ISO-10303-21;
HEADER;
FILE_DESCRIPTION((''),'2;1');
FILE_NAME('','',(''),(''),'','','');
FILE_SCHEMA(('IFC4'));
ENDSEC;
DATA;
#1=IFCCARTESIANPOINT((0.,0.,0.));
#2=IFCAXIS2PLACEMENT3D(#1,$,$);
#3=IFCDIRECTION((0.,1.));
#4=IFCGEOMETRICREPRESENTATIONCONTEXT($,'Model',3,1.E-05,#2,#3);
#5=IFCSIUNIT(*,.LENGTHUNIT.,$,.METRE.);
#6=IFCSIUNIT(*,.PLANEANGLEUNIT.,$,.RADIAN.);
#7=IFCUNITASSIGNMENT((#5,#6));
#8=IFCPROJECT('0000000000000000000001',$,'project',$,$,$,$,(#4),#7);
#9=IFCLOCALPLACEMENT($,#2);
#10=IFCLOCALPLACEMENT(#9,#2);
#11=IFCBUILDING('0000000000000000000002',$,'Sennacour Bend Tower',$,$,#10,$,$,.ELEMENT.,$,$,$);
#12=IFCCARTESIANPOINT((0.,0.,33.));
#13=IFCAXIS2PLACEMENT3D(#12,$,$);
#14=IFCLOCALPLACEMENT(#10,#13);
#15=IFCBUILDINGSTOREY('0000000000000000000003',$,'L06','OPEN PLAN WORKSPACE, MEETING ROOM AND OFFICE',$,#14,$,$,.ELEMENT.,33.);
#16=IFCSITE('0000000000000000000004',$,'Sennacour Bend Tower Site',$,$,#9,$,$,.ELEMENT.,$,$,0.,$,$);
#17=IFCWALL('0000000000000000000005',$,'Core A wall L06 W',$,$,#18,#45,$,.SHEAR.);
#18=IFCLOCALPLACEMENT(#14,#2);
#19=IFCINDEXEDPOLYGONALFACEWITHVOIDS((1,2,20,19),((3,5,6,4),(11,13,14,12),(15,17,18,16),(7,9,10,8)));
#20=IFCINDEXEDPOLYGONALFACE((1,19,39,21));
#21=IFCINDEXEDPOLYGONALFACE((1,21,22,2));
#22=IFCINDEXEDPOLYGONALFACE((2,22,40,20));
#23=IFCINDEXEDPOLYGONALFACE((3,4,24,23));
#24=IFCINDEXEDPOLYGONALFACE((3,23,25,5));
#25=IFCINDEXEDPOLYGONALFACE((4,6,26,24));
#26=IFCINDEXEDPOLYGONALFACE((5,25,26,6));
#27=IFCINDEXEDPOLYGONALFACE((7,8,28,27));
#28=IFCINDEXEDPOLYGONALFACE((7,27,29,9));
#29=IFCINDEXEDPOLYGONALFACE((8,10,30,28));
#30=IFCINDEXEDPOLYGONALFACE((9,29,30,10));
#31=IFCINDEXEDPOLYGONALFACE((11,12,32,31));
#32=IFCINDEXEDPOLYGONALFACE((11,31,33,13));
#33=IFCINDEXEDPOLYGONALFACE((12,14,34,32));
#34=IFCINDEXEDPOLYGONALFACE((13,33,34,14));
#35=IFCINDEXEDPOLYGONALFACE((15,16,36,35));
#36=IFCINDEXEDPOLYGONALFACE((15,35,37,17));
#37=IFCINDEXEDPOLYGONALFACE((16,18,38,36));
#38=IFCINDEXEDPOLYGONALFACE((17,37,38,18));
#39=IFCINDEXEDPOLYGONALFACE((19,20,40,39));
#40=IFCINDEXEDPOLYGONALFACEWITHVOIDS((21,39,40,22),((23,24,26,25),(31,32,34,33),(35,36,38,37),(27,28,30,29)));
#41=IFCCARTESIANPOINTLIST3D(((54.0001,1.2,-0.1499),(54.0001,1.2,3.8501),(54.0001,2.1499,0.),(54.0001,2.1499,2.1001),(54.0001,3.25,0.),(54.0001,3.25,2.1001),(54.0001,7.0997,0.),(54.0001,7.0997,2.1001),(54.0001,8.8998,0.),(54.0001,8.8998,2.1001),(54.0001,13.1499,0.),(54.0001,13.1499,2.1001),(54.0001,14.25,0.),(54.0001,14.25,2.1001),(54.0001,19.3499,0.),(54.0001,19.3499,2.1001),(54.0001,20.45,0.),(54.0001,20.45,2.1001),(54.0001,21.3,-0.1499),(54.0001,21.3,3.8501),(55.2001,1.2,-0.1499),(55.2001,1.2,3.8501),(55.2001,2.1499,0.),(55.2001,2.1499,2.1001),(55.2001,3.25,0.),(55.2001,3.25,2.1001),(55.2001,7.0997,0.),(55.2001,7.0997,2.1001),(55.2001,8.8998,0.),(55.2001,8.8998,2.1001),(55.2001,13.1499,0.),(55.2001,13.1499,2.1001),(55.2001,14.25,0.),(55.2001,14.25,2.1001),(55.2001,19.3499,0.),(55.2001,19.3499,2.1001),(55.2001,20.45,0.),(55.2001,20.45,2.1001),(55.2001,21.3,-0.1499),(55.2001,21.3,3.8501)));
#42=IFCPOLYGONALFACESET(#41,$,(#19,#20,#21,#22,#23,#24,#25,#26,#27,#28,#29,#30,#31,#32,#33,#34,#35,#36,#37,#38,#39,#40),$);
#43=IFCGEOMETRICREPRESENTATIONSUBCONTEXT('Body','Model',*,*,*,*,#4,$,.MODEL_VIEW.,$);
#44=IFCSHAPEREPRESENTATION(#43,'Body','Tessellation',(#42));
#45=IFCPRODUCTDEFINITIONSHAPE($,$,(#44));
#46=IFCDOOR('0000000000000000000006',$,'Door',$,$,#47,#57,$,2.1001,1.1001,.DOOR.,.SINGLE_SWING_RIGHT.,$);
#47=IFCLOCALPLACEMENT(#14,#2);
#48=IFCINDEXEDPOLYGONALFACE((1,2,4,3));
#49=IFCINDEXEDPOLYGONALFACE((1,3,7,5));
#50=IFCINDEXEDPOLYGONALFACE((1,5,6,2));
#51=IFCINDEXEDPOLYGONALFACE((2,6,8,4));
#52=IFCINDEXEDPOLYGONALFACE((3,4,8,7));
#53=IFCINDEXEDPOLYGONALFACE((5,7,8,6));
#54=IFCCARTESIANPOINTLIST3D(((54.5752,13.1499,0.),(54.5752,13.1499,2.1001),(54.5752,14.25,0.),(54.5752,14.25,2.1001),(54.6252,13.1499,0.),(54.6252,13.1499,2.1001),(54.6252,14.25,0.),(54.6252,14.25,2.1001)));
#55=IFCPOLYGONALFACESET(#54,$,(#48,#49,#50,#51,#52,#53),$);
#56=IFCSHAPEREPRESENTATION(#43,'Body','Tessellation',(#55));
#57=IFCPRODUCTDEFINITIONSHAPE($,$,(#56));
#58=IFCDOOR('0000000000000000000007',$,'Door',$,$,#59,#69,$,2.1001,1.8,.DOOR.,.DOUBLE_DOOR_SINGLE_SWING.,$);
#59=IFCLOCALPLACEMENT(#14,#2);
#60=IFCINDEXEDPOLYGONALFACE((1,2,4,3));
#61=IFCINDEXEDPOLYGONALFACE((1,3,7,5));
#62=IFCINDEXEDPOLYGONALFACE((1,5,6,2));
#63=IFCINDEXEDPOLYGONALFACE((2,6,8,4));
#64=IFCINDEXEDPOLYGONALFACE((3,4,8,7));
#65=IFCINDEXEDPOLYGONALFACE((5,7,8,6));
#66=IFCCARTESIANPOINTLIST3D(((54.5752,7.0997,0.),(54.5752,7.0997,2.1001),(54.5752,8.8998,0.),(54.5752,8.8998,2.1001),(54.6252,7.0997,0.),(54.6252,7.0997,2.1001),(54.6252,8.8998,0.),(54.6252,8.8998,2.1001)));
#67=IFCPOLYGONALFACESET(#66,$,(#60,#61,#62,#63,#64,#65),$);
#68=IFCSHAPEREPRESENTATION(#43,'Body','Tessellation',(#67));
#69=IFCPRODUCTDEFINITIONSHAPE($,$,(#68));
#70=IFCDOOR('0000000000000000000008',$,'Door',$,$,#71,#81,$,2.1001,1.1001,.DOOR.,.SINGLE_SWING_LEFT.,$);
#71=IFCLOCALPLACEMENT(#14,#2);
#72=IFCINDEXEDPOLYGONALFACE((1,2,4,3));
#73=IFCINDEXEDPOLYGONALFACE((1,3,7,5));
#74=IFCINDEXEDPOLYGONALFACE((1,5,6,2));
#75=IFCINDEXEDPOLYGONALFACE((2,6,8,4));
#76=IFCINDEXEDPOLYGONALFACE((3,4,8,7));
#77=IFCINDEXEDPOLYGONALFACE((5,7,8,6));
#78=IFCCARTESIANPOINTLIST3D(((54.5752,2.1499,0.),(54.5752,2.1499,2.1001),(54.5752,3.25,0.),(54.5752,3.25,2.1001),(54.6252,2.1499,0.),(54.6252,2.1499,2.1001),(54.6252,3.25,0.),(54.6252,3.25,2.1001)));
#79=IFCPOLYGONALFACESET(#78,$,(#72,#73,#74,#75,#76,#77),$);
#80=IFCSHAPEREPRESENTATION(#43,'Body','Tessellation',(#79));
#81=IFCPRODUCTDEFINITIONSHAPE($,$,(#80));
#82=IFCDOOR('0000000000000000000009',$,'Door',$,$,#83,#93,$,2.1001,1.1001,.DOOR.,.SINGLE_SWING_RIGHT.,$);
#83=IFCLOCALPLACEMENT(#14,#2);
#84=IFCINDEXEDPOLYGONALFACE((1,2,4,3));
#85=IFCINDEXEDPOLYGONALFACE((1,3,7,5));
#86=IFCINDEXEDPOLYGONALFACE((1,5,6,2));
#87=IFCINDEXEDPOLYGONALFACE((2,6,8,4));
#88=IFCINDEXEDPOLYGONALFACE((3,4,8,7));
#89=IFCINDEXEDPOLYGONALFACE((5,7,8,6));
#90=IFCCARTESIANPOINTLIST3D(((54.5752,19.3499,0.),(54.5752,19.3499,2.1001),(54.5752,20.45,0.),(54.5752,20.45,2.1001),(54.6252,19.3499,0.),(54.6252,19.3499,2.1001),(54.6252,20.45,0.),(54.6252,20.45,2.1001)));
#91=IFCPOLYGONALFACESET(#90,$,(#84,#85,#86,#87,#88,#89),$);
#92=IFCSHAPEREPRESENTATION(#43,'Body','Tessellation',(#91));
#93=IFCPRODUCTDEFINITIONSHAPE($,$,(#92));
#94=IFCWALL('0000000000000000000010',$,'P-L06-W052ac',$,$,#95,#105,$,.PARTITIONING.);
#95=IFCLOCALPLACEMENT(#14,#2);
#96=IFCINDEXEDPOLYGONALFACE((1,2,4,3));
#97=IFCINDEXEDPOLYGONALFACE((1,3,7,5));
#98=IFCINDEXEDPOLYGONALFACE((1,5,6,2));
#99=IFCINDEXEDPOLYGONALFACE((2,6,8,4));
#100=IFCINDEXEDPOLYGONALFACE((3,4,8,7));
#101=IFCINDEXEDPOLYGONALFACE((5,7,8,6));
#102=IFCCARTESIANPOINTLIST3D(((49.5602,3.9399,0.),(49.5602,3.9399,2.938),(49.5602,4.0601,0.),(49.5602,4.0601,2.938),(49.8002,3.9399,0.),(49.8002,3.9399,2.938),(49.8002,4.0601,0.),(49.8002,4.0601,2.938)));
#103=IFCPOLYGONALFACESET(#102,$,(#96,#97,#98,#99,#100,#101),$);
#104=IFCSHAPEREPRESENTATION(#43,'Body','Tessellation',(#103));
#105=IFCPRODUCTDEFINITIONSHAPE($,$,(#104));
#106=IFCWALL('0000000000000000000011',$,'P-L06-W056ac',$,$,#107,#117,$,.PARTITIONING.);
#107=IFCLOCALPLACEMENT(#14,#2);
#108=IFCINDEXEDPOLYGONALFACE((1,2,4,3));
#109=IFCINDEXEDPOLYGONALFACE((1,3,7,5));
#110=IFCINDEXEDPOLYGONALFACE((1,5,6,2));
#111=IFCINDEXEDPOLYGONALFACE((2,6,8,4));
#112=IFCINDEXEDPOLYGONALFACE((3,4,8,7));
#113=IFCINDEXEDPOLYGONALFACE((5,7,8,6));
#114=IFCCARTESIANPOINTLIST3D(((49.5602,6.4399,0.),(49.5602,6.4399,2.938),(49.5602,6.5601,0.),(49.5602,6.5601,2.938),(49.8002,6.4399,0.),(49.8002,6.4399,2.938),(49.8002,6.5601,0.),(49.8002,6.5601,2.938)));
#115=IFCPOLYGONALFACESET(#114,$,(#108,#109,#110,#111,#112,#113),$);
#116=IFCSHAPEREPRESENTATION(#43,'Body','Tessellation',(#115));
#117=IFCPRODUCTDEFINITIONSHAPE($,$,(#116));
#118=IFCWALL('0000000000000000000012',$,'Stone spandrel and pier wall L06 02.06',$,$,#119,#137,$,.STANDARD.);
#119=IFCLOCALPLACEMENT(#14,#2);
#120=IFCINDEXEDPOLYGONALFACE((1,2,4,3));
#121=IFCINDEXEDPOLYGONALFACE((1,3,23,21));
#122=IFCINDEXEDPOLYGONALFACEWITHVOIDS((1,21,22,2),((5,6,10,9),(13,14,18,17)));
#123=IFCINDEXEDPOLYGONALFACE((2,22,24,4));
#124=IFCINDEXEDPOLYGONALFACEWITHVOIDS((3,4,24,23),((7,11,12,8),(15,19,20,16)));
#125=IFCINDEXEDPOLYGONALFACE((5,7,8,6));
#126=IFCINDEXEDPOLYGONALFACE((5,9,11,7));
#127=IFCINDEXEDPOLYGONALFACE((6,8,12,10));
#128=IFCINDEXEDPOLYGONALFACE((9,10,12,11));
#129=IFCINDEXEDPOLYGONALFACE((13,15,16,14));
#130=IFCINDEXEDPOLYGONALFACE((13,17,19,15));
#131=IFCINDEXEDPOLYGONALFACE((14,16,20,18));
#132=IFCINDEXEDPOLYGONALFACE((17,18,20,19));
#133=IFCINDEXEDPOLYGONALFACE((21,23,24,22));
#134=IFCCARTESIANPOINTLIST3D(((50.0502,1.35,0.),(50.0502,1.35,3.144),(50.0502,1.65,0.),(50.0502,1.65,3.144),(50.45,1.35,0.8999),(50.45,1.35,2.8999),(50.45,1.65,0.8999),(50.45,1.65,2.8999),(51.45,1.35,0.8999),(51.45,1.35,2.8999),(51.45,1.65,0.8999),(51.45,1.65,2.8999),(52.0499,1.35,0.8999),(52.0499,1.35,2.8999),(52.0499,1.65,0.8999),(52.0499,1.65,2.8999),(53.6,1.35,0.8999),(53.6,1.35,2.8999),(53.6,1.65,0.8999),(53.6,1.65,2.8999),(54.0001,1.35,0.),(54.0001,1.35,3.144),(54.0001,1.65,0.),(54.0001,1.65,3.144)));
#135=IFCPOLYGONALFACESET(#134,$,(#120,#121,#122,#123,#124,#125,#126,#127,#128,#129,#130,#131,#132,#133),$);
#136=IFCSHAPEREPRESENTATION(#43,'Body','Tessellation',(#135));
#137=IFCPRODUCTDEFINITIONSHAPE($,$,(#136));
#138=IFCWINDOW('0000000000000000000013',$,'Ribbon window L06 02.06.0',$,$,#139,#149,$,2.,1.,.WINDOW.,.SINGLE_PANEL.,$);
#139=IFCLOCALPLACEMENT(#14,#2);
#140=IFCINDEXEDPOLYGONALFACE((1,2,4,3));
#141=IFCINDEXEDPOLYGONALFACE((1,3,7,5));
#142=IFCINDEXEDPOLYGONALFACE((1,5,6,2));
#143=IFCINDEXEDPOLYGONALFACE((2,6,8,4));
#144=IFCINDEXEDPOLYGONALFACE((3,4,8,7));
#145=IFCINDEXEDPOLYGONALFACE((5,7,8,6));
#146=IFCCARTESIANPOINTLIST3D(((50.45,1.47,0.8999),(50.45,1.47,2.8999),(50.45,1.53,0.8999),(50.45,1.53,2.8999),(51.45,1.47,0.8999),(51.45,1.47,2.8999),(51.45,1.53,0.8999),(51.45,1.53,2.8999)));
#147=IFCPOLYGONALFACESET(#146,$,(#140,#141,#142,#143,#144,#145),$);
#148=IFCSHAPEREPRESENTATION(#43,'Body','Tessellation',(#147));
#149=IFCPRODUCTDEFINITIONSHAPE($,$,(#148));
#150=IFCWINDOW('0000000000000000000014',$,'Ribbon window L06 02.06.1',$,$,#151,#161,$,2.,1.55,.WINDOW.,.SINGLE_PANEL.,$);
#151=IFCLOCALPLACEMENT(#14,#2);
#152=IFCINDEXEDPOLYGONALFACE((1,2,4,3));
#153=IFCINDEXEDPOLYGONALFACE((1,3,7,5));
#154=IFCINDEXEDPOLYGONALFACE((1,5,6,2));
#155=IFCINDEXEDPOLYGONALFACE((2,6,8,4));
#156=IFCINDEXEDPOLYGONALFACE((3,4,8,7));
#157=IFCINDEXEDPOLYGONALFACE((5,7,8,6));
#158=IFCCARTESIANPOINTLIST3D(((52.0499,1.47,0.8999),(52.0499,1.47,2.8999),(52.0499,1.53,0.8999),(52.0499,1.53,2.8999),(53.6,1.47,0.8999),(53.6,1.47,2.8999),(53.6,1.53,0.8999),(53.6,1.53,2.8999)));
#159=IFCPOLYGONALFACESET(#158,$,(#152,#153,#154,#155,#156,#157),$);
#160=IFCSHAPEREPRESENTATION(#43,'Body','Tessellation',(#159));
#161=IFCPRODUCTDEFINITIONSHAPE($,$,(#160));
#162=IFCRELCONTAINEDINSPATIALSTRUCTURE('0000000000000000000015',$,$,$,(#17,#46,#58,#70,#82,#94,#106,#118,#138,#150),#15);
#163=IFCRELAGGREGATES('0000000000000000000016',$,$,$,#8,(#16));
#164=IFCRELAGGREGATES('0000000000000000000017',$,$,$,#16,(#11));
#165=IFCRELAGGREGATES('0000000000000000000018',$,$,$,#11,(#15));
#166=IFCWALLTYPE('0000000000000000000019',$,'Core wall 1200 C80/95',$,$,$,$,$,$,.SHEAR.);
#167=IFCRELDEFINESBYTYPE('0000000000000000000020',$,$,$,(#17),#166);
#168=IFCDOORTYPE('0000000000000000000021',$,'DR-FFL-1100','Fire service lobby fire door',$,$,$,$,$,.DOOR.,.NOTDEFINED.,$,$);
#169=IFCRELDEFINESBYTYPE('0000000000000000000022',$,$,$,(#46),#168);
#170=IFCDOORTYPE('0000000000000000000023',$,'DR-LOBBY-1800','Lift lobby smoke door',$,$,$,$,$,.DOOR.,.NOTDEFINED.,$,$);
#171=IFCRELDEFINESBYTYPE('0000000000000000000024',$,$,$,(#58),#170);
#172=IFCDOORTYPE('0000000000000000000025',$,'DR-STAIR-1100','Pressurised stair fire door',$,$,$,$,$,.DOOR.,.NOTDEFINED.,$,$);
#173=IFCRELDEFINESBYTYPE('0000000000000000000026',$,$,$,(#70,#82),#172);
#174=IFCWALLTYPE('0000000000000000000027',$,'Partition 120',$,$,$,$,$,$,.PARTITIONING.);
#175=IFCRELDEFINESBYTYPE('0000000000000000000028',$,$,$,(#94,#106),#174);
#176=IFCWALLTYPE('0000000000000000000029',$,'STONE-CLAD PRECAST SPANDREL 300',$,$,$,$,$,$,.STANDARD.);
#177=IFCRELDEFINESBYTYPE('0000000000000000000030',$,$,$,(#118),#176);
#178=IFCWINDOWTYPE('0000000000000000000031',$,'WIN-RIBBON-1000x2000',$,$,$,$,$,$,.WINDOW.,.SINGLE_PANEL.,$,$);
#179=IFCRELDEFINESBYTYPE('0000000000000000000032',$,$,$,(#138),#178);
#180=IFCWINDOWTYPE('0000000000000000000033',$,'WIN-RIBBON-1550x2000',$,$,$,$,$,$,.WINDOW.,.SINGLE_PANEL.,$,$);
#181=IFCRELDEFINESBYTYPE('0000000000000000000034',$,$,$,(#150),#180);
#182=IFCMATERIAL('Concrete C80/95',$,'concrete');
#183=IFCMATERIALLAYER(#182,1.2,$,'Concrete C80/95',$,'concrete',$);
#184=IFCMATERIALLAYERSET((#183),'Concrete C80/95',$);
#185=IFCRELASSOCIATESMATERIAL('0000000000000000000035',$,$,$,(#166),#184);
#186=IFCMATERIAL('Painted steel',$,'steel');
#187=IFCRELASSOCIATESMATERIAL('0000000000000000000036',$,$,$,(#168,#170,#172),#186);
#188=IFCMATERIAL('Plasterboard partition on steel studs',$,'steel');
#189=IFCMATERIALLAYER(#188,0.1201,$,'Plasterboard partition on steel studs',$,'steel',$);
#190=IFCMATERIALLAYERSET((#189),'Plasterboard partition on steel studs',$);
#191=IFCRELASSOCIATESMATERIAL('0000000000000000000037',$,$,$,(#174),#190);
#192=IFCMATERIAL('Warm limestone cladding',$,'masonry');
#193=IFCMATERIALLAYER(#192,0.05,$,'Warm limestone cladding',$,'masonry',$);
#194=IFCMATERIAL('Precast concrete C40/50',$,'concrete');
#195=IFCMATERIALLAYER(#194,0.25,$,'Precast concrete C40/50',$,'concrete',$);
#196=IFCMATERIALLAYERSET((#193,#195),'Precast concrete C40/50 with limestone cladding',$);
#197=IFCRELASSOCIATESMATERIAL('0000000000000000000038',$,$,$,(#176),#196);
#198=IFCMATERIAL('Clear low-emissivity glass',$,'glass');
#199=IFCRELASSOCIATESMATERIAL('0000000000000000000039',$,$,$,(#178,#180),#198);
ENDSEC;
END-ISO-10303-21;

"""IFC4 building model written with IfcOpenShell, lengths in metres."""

from ifc_helpers import new_model, si_unit, direction, frame, frame_2d, origin, place, context, subcontext, project, spatial, rectangle, extrude, material, layer, layer_set, type_object, element, fill, save


model = new_model("IFC4")

# Units and contexts
model_context = context("Model", 3, precision=1e-05, world=origin(), true_north=direction((0.0, 1.0)))
body_context = subcontext(model_context, "Body", "Model", "MODEL_VIEW")
ifc_project = project(units=[si_unit("LENGTHUNIT", "METRE"), si_unit("PLANEANGLEUNIT", "RADIAN")], contexts=[model_context])

# Site, building, storey
site_placement = place(None, origin())
site = spatial("IfcSite", under=ifc_project, at=site_placement, Name="Sennacour Bend Tower Site", CompositionType="ELEMENT", RefElevation=0.0)
building_placement = place(site_placement, origin())
building = spatial("IfcBuilding", under=site, at=building_placement, Name="Sennacour Bend Tower", CompositionType="ELEMENT")
storey_placement = place(building_placement, frame((0.0, 0.0, 33.0)))
storey = spatial("IfcBuildingStorey", under=building, at=storey_placement, Name="L06", Description="OPEN PLAN WORKSPACE, MEETING ROOM AND OFFICE", CompositionType="ELEMENT", Elevation=33.0)

# Wall, openings, doors
ifc_material_1 = material(Name="Concrete C80/95", Category="concrete")
ifc_layer_1 = layer(ifc_material_1, 1.2, Name="Concrete C80/95", Category="concrete")
ifc_layer_set_1 = layer_set([ifc_layer_1], Name="Concrete C80/95")
wall_type_1 = type_object("IfcWallType", Name="Core wall 1200 C80/95", PredefinedType="SHEAR", material=ifc_layer_set_1)
wall_1_placement = place(storey_placement, frame((54.6001, 1.2, -0.1499), z_axis=(0.0, 0.0, 1.0), x_axis=(0.0, 1.0, 0.0)))
wall_1 = element("IfcWall", 1, at=wall_1_placement, inside=storey, type_object=wall_type_1, Name="Core A wall L06 W", PredefinedType="SHEAR", context=body_context, shape_type="SweptSolid", body=[
    extrude(rectangle(XDim=20.1001, YDim=1.2, at=frame_2d((10.05, 0.0))), origin(), (0.0, 0.0, 1.0), 4.0),
])
opening_1_placement = place(wall_1_placement, frame((5.8999, 0.0, 0.1499)))
opening_1 = element("IfcOpeningElement", 2, at=opening_1_placement, cuts=wall_1, PredefinedType="OPENING", context=body_context, shape_type="SweptSolid", body=[
    extrude(rectangle(XDim=1.8, YDim=2.1001, at=frame_2d((0.8999, 1.05))), frame((0.0, 0.6099, 0.0), z_axis=(0.0, -1.0, 0.0), x_axis=(1.0, 0.0, 0.0)), (0.0, 0.0, 1.0), 1.22),
])
opening_2_placement = place(wall_1_placement, frame((11.95, 0.0, 0.1499)))
opening_2 = element("IfcOpeningElement", 3, at=opening_2_placement, cuts=wall_1, PredefinedType="OPENING", context=body_context, shape_type="SweptSolid", body=[
    extrude(rectangle(XDim=1.1001, YDim=2.1001, at=frame_2d((0.55, 1.05))), frame((0.0, 0.6099, 0.0), z_axis=(0.0, -1.0, 0.0), x_axis=(1.0, 0.0, 0.0)), (0.0, 0.0, 1.0), 1.22),
])
opening_3_placement = place(wall_1_placement, frame((0.95, 0.0, 0.1499)))
opening_3 = element("IfcOpeningElement", 4, at=opening_3_placement, cuts=wall_1, PredefinedType="OPENING", context=body_context, shape_type="SweptSolid", body=[
    extrude(rectangle(XDim=1.1001, YDim=2.1001, at=frame_2d((0.55, 1.05))), frame((0.0, 0.6099, 0.0), z_axis=(0.0, -1.0, 0.0), x_axis=(1.0, 0.0, 0.0)), (0.0, 0.0, 1.0), 1.22),
])
opening_4_placement = place(wall_1_placement, frame((18.1499, 0.0, 0.1499)))
opening_4 = element("IfcOpeningElement", 5, at=opening_4_placement, cuts=wall_1, PredefinedType="OPENING", context=body_context, shape_type="SweptSolid", body=[
    extrude(rectangle(XDim=1.1001, YDim=2.1001, at=frame_2d((0.55, 1.05))), frame((0.0, 0.6099, 0.0), z_axis=(0.0, -1.0, 0.0), x_axis=(1.0, 0.0, 0.0)), (0.0, 0.0, 1.0), 1.22),
])
ifc_material_2 = material(Name="Painted steel", Category="steel")
door_type_1 = type_object("IfcDoorType", Name="DR-FFL-1100", Description="Fire service lobby fire door", OperationType="NOTDEFINED", PredefinedType="DOOR", material=ifc_material_2)
door_1_placement = place(opening_2_placement, origin())
door_1 = element("IfcDoor", 6, at=door_1_placement, inside=storey, type_object=door_type_1, Name="Door", OperationType="SINGLE_SWING_RIGHT", OverallHeight=2.1001, OverallWidth=1.1001, PredefinedType="DOOR", context=body_context, shape_type="SweptSolid", body=[
    extrude(rectangle(XDim=1.1001, YDim=2.1001, at=frame_2d((0.55, 1.05))), frame((0.0, 0.0249, 0.0), z_axis=(0.0, -1.0, 0.0), x_axis=(1.0, 0.0, 0.0)), (0.0, 0.0, 1.0), 0.05),
])
fill(opening_2, door_1)
door_type_2 = type_object("IfcDoorType", Name="DR-LOBBY-1800", Description="Lift lobby smoke door", OperationType="NOTDEFINED", PredefinedType="DOOR", material=ifc_material_2)
door_2_placement = place(opening_1_placement, origin())
door_2 = element("IfcDoor", 7, at=door_2_placement, inside=storey, type_object=door_type_2, Name="Door", OperationType="DOUBLE_DOOR_SINGLE_SWING", OverallHeight=2.1001, OverallWidth=1.8, PredefinedType="DOOR", context=body_context, shape_type="SweptSolid", body=[
    extrude(rectangle(XDim=1.8, YDim=2.1001, at=frame_2d((0.8999, 1.05))), frame((0.0, 0.0249, 0.0), z_axis=(0.0, -1.0, 0.0), x_axis=(1.0, 0.0, 0.0)), (0.0, 0.0, 1.0), 0.05),
])
fill(opening_1, door_2)
door_type_3 = type_object("IfcDoorType", Name="DR-STAIR-1100", Description="Pressurised stair fire door", OperationType="NOTDEFINED", PredefinedType="DOOR", material=ifc_material_2)
door_3_placement = place(opening_3_placement, origin())
door_3 = element("IfcDoor", 8, at=door_3_placement, inside=storey, type_object=door_type_3, Name="Door", OperationType="SINGLE_SWING_LEFT", OverallHeight=2.1001, OverallWidth=1.1001, PredefinedType="DOOR", context=body_context, shape_type="SweptSolid", body=[
    extrude(rectangle(XDim=1.1001, YDim=2.1001, at=frame_2d((0.55, 1.05))), frame((0.0, 0.0249, 0.0), z_axis=(0.0, -1.0, 0.0), x_axis=(1.0, 0.0, 0.0)), (0.0, 0.0, 1.0), 0.05),
])
fill(opening_3, door_3)
door_4_placement = place(opening_4_placement, origin())
door_4 = element("IfcDoor", 9, at=door_4_placement, inside=storey, type_object=door_type_3, Name="Door", OperationType="SINGLE_SWING_RIGHT", OverallHeight=2.1001, OverallWidth=1.1001, PredefinedType="DOOR", context=body_context, shape_type="SweptSolid", body=[
    extrude(rectangle(XDim=1.1001, YDim=2.1001, at=frame_2d((0.55, 1.05))), frame((0.0, 0.0249, 0.0), z_axis=(0.0, -1.0, 0.0), x_axis=(1.0, 0.0, 0.0)), (0.0, 0.0, 1.0), 0.05),
])
fill(opening_4, door_4)

# Walls
ifc_material_3 = material(Name="Plasterboard partition on steel studs", Category="steel")
ifc_layer_2 = layer(ifc_material_3, 0.1201, Name="Plasterboard partition on steel studs", Category="steel")
ifc_layer_set_2 = layer_set([ifc_layer_2], Name="Plasterboard partition on steel studs")
wall_type_2 = type_object("IfcWallType", Name="Partition 120", PredefinedType="PARTITIONING", material=ifc_layer_set_2)
for number, where, z_axis, x_axis, name in (
    (10, (49.5601, 4.0, 0.0), (0.0, 0.0, 1.0), (1.0, 0.0, 0.0), "P-L06-W052ac"),
    (11, (49.5601, 6.5, 0.0), (0.0, 0.0, 1.0), (1.0, 0.0, 0.0), "P-L06-W056ac"),
):
    element("IfcWall", number, at=place(storey_placement, frame(where, z_axis=z_axis, x_axis=x_axis)), inside=storey, type_object=wall_type_2, Name=name, PredefinedType="PARTITIONING", context=body_context, shape_type="SweptSolid", body=[
        extrude(rectangle(XDim=0.24, YDim=0.1201, at=frame_2d((0.1201, 0.0))), origin(), (0.0, 0.0, 1.0), 2.938),
    ])

# Wall, openings, windows
ifc_material_4 = material(Name="Warm limestone cladding", Category="masonry")
ifc_layer_3 = layer(ifc_material_4, 0.05, Name="Warm limestone cladding", Category="masonry")
ifc_material_5 = material(Name="Precast concrete C40/50", Category="concrete")
ifc_layer_4 = layer(ifc_material_5, 0.25, Name="Precast concrete C40/50", Category="concrete")
ifc_layer_set_3 = layer_set([ifc_layer_3, ifc_layer_4], Name="Precast concrete C40/50 with limestone cladding")
wall_type_3 = type_object("IfcWallType", Name="STONE-CLAD PRECAST SPANDREL 300", PredefinedType="STANDARD", material=ifc_layer_set_3)
wall_2_placement = place(storey_placement, frame((50.05, 1.5, 0.0), z_axis=(0.0, 0.0, 1.0), x_axis=(1.0, 0.0, 0.0)))
wall_2 = element("IfcWall", 12, at=wall_2_placement, inside=storey, type_object=wall_type_3, Name="Stone spandrel and pier wall L06 02.06", PredefinedType="STANDARD", context=body_context, shape_type="SweptSolid", body=[
    extrude(rectangle(XDim=3.95, YDim=0.3, at=frame_2d((1.9751, 0.0))), origin(), (0.0, 0.0, 1.0), 3.144),
])
opening_5_placement = place(wall_2_placement, frame((0.3999, 0.0, 0.8999)))
opening_5 = element("IfcOpeningElement", 13, at=opening_5_placement, cuts=wall_2, PredefinedType="OPENING", context=body_context, shape_type="SweptSolid", body=[
    extrude(rectangle(XDim=1.0, YDim=2.0, at=frame_2d((0.5, 1.0))), frame((0.0, 0.1602, 0.0), z_axis=(0.0, -1.0, 0.0), x_axis=(1.0, 0.0, 0.0)), (0.0, 0.0, 1.0), 0.3201),
])
opening_6_placement = place(wall_2_placement, frame((2.0, 0.0, 0.8999)))
opening_6 = element("IfcOpeningElement", 14, at=opening_6_placement, cuts=wall_2, PredefinedType="OPENING", context=body_context, shape_type="SweptSolid", body=[
    extrude(rectangle(XDim=1.55, YDim=2.0, at=frame_2d((0.7749, 1.0))), frame((0.0, 0.1602, 0.0), z_axis=(0.0, -1.0, 0.0), x_axis=(1.0, 0.0, 0.0)), (0.0, 0.0, 1.0), 0.3201),
])
ifc_material_6 = material(Name="Clear low-emissivity glass", Category="glass")
window_type_1 = type_object("IfcWindowType", Name="WIN-RIBBON-1000x2000", PartitioningType="SINGLE_PANEL", PredefinedType="WINDOW", material=ifc_material_6)
window_1_placement = place(opening_5_placement, origin())
window_1 = element("IfcWindow", 15, at=window_1_placement, inside=storey, type_object=window_type_1, Name="Ribbon window L06 02.06.0", OverallHeight=2.0, OverallWidth=1.0, PartitioningType="SINGLE_PANEL", PredefinedType="WINDOW", context=body_context, shape_type="SweptSolid", body=[
    extrude(rectangle(XDim=1.0, YDim=2.0, at=frame_2d((0.5, 1.0))), frame((0.0, 0.03, 0.0), z_axis=(0.0, -1.0, 0.0), x_axis=(1.0, 0.0, 0.0)), (0.0, 0.0, 1.0), 0.0601),
])
fill(opening_5, window_1)
window_type_2 = type_object("IfcWindowType", Name="WIN-RIBBON-1550x2000", PartitioningType="SINGLE_PANEL", PredefinedType="WINDOW", material=ifc_material_6)
window_2_placement = place(opening_6_placement, origin())
window_2 = element("IfcWindow", 16, at=window_2_placement, inside=storey, type_object=window_type_2, Name="Ribbon window L06 02.06.1", OverallHeight=2.0, OverallWidth=1.55, PartitioningType="SINGLE_PANEL", PredefinedType="WINDOW", context=body_context, shape_type="SweptSolid", body=[
    extrude(rectangle(XDim=1.55, YDim=2.0, at=frame_2d((0.7749, 1.0))), frame((0.0, 0.03, 0.0), z_axis=(0.0, -1.0, 0.0), x_axis=(1.0, 0.0, 0.0)), (0.0, 0.0, 1.0), 0.0601),
])
fill(opening_6, window_2)

save(model, "model.ifc")
